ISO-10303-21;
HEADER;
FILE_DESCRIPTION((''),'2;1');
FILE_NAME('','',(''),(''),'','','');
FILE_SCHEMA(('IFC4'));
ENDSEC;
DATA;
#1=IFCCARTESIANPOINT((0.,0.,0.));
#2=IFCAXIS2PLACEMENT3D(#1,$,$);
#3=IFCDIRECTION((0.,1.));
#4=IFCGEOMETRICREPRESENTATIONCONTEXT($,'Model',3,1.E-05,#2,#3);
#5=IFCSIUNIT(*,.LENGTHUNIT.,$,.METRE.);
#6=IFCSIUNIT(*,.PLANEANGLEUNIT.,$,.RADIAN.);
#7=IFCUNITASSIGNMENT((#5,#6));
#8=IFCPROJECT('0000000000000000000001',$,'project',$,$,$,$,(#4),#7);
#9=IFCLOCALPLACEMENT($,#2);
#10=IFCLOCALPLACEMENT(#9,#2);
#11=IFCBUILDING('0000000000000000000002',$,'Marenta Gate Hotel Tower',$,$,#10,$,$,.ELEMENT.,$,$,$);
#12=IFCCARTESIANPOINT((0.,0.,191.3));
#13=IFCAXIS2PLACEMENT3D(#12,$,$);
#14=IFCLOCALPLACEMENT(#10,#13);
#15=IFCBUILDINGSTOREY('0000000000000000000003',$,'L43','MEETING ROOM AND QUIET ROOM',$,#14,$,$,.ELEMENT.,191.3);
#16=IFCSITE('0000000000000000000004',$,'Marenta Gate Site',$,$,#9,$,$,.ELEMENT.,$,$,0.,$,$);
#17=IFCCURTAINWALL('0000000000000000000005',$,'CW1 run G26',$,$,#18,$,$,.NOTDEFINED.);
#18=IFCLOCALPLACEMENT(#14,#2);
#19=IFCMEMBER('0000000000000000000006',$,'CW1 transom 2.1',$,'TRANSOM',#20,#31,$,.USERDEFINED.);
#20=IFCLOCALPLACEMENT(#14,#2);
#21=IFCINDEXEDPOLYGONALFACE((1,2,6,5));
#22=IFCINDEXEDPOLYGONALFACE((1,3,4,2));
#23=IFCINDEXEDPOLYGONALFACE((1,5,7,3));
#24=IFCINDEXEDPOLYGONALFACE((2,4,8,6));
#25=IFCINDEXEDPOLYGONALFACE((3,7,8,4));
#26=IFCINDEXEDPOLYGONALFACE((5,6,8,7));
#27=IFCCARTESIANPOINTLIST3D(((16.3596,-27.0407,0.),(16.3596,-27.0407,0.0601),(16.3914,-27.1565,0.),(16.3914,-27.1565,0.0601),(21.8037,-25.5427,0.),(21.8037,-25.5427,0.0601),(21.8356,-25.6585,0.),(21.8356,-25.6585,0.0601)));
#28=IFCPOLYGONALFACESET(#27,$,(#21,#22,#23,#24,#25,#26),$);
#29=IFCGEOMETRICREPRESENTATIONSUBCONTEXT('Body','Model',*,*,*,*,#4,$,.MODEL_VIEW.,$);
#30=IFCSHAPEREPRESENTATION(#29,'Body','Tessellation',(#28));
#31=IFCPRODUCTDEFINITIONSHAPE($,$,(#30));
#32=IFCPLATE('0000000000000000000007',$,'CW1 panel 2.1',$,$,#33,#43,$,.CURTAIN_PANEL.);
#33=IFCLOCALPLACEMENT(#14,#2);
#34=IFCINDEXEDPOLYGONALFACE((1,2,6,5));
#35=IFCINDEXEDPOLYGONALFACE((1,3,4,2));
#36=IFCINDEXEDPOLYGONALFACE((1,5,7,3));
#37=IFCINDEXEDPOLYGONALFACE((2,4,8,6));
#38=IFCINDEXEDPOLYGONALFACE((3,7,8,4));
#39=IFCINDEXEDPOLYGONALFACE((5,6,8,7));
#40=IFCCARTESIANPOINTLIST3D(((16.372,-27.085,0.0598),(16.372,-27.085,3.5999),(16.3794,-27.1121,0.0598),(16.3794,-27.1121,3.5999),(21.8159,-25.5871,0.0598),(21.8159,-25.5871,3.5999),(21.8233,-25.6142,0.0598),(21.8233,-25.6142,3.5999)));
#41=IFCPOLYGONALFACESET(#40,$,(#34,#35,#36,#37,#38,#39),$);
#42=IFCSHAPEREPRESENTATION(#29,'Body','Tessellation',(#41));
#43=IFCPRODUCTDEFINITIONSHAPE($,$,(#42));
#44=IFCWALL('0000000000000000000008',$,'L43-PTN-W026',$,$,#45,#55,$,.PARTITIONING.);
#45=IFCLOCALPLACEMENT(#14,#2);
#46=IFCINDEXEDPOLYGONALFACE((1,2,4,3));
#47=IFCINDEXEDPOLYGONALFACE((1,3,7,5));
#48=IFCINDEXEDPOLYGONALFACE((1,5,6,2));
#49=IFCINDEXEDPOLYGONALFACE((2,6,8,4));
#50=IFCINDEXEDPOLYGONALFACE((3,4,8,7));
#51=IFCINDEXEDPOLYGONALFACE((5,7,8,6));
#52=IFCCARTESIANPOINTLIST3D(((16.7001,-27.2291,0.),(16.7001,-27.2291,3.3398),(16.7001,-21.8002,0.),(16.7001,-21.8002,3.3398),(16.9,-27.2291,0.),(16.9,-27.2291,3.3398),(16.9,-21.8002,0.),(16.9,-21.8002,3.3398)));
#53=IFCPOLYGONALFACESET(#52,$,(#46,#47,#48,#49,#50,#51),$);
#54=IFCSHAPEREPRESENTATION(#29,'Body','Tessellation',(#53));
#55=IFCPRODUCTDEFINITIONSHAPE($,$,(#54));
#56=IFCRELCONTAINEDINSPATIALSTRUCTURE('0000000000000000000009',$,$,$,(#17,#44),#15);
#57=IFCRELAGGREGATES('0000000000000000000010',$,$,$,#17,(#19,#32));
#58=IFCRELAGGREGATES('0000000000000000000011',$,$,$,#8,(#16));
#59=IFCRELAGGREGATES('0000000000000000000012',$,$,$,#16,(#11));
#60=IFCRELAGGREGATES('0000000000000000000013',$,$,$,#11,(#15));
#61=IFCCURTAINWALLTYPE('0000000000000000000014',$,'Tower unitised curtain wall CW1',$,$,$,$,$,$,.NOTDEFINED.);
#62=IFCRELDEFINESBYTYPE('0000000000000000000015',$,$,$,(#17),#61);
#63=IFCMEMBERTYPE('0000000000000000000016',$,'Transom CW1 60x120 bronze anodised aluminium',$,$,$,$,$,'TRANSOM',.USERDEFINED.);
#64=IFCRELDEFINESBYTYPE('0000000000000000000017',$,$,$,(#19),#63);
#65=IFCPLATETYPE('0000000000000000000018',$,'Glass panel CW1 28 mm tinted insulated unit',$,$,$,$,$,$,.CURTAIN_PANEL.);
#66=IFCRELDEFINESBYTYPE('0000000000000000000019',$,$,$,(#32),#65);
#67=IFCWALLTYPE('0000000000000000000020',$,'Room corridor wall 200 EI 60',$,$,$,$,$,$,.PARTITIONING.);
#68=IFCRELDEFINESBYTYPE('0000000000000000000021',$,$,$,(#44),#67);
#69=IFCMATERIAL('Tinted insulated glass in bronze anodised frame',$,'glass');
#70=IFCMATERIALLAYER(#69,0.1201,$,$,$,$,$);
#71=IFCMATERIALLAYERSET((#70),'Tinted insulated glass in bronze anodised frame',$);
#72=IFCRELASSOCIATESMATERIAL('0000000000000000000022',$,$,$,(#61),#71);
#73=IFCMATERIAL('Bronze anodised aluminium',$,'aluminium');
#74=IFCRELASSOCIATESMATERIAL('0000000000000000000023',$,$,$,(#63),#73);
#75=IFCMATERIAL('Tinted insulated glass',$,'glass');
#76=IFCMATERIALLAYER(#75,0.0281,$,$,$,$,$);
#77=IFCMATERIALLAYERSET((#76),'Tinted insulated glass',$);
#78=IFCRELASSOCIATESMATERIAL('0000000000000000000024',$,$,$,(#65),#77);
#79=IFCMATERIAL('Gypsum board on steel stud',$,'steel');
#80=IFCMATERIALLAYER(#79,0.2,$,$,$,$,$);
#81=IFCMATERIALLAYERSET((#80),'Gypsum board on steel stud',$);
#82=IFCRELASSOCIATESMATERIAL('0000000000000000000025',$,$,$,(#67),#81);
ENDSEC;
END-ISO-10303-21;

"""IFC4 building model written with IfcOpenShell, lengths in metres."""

from ifc_helpers import new_model, si_unit, direction, frame, frame_2d, origin, origin_2d, place, context, subcontext, project, spatial, rectangle, extrude, material, layer, layer_set, material_profile, profile_set, type_object, element, aggregate, save


model = new_model("IFC4")

# Units and contexts
model_context = context("Model", 3, precision=1e-05, world=origin(), true_north=direction((0.0, 1.0)))
body_context = subcontext(model_context, "Body", "Model", "MODEL_VIEW")
ifc_project = project(units=[si_unit("LENGTHUNIT", "METRE"), si_unit("PLANEANGLEUNIT", "RADIAN")], contexts=[model_context])

# Site, building, storey
site_placement = place(None, origin())
site = spatial("IfcSite", under=ifc_project, at=site_placement, Name="Marenta Gate Site", CompositionType="ELEMENT", RefElevation=0.0)
building_placement = place(site_placement, origin())
building = spatial("IfcBuilding", under=site, at=building_placement, Name="Marenta Gate Hotel Tower", CompositionType="ELEMENT")
storey_placement = place(building_placement, frame((0.0, 0.0, 191.3)))
storey = spatial("IfcBuildingStorey", under=building, at=storey_placement, Name="L43", Description="MEETING ROOM AND QUIET ROOM", CompositionType="ELEMENT", Elevation=191.3)

# Curtain wall, member, plate
ifc_material_1 = material(Name="Tinted insulated glass in bronze anodised frame", Category="glass")
ifc_layer_1 = layer(ifc_material_1, 0.1201)
ifc_layer_set_1 = layer_set([ifc_layer_1], Name="Tinted insulated glass in bronze anodised frame")
curtain_wall_type = type_object("IfcCurtainWallType", Name="Tower unitised curtain wall CW1", PredefinedType="NOTDEFINED", material=ifc_layer_set_1)
curtain_wall_placement = place(storey_placement, origin())
curtain_wall = element("IfcCurtainWall", 1, at=curtain_wall_placement, inside=storey, type_object=curtain_wall_type, Name="CW1 run G26", PredefinedType="NOTDEFINED")
ifc_material_2 = material(Name="Bronze anodised aluminium", Category="aluminium")
ifc_material_profile_1 = material_profile(ifc_material_2, rectangle(XDim=0.1201, YDim=0.0601, at=origin_2d()), Name="Transom CW1 60x120 bronze anodised aluminium")
ifc_profile_set_1 = profile_set([ifc_material_profile_1], Name="Bronze anodised aluminium")
member_type_1 = type_object("IfcMemberType", Name="Transom CW1 60x120 bronze anodised aluminium", ElementType="TRANSOM", PredefinedType="USERDEFINED", material=ifc_profile_set_1)
member_1_placement = place(storey_placement, frame((16.3755, -27.0986, 0.03), z_axis=(0.964164, 0.265308, 0.0), x_axis=(-0.265308, 0.964164, 0.0)))
member_1 = element("IfcMember", 2, at=member_1_placement, type_object=member_type_1, Name="CW1 transom 2.1", ObjectType="TRANSOM", PredefinedType="USERDEFINED", context=body_context, shape_type="SweptSolid", body=[
    extrude(rectangle(XDim=0.1201, YDim=0.0601, at=origin_2d()), origin(), (0.0, 0.0, 1.0), 5.6465),
])
ifc_material_3 = material(Name="Tinted insulated glass", Category="glass")
ifc_layer_2 = layer(ifc_material_3, 0.0281)
ifc_layer_set_2 = layer_set([ifc_layer_2], Name="Tinted insulated glass")
plate_type = type_object("IfcPlateType", Name="Glass panel CW1 28 mm tinted insulated unit", PredefinedType="CURTAIN_PANEL", material=ifc_layer_set_2)
plate_placement = place(storey_placement, frame((19.0977, -26.3496, 0.0598), z_axis=(0.0, 0.0, 1.0), x_axis=(0.964168, 0.265294, 0.0)))
plate = element("IfcPlate", 3, at=plate_placement, type_object=plate_type, Name="CW1 panel 2.1", PredefinedType="CURTAIN_PANEL", context=body_context, shape_type="SweptSolid", body=[
    extrude(rectangle(XDim=5.6462, YDim=0.0281, at=origin_2d()), origin(), (0.0, 0.0, 1.0), 3.54),
])
aggregate(curtain_wall, [member_1, plate])

# Shared definitions
ifc_material_4 = material(Name="Gypsum board on steel stud", Category="steel")
ifc_layer_3 = layer(ifc_material_4, 0.2)
ifc_layer_set_3 = layer_set([ifc_layer_3], Name="Gypsum board on steel stud")
wall_type = type_object("IfcWallType", Name="Room corridor wall 200 EI 60", PredefinedType="PARTITIONING", material=ifc_layer_set_3)

# Wall
wall_1_placement = place(storey_placement, frame((16.8, -27.229, 0.0), z_axis=(0.0, 0.0, 1.0), x_axis=(0.0, 1.0, 0.0)))
element("IfcWall", 4, at=wall_1_placement, inside=storey, type_object=wall_type, Name="L43-PTN-W026", PredefinedType="PARTITIONING", context=body_context, shape_type="SweptSolid", body=[
    extrude(rectangle(XDim=5.429, YDim=0.2, at=frame_2d((2.7144, 0.0))), origin(), (0.0, 0.0, 1.0), 3.3398),
])

save(model, "model.ifc")
